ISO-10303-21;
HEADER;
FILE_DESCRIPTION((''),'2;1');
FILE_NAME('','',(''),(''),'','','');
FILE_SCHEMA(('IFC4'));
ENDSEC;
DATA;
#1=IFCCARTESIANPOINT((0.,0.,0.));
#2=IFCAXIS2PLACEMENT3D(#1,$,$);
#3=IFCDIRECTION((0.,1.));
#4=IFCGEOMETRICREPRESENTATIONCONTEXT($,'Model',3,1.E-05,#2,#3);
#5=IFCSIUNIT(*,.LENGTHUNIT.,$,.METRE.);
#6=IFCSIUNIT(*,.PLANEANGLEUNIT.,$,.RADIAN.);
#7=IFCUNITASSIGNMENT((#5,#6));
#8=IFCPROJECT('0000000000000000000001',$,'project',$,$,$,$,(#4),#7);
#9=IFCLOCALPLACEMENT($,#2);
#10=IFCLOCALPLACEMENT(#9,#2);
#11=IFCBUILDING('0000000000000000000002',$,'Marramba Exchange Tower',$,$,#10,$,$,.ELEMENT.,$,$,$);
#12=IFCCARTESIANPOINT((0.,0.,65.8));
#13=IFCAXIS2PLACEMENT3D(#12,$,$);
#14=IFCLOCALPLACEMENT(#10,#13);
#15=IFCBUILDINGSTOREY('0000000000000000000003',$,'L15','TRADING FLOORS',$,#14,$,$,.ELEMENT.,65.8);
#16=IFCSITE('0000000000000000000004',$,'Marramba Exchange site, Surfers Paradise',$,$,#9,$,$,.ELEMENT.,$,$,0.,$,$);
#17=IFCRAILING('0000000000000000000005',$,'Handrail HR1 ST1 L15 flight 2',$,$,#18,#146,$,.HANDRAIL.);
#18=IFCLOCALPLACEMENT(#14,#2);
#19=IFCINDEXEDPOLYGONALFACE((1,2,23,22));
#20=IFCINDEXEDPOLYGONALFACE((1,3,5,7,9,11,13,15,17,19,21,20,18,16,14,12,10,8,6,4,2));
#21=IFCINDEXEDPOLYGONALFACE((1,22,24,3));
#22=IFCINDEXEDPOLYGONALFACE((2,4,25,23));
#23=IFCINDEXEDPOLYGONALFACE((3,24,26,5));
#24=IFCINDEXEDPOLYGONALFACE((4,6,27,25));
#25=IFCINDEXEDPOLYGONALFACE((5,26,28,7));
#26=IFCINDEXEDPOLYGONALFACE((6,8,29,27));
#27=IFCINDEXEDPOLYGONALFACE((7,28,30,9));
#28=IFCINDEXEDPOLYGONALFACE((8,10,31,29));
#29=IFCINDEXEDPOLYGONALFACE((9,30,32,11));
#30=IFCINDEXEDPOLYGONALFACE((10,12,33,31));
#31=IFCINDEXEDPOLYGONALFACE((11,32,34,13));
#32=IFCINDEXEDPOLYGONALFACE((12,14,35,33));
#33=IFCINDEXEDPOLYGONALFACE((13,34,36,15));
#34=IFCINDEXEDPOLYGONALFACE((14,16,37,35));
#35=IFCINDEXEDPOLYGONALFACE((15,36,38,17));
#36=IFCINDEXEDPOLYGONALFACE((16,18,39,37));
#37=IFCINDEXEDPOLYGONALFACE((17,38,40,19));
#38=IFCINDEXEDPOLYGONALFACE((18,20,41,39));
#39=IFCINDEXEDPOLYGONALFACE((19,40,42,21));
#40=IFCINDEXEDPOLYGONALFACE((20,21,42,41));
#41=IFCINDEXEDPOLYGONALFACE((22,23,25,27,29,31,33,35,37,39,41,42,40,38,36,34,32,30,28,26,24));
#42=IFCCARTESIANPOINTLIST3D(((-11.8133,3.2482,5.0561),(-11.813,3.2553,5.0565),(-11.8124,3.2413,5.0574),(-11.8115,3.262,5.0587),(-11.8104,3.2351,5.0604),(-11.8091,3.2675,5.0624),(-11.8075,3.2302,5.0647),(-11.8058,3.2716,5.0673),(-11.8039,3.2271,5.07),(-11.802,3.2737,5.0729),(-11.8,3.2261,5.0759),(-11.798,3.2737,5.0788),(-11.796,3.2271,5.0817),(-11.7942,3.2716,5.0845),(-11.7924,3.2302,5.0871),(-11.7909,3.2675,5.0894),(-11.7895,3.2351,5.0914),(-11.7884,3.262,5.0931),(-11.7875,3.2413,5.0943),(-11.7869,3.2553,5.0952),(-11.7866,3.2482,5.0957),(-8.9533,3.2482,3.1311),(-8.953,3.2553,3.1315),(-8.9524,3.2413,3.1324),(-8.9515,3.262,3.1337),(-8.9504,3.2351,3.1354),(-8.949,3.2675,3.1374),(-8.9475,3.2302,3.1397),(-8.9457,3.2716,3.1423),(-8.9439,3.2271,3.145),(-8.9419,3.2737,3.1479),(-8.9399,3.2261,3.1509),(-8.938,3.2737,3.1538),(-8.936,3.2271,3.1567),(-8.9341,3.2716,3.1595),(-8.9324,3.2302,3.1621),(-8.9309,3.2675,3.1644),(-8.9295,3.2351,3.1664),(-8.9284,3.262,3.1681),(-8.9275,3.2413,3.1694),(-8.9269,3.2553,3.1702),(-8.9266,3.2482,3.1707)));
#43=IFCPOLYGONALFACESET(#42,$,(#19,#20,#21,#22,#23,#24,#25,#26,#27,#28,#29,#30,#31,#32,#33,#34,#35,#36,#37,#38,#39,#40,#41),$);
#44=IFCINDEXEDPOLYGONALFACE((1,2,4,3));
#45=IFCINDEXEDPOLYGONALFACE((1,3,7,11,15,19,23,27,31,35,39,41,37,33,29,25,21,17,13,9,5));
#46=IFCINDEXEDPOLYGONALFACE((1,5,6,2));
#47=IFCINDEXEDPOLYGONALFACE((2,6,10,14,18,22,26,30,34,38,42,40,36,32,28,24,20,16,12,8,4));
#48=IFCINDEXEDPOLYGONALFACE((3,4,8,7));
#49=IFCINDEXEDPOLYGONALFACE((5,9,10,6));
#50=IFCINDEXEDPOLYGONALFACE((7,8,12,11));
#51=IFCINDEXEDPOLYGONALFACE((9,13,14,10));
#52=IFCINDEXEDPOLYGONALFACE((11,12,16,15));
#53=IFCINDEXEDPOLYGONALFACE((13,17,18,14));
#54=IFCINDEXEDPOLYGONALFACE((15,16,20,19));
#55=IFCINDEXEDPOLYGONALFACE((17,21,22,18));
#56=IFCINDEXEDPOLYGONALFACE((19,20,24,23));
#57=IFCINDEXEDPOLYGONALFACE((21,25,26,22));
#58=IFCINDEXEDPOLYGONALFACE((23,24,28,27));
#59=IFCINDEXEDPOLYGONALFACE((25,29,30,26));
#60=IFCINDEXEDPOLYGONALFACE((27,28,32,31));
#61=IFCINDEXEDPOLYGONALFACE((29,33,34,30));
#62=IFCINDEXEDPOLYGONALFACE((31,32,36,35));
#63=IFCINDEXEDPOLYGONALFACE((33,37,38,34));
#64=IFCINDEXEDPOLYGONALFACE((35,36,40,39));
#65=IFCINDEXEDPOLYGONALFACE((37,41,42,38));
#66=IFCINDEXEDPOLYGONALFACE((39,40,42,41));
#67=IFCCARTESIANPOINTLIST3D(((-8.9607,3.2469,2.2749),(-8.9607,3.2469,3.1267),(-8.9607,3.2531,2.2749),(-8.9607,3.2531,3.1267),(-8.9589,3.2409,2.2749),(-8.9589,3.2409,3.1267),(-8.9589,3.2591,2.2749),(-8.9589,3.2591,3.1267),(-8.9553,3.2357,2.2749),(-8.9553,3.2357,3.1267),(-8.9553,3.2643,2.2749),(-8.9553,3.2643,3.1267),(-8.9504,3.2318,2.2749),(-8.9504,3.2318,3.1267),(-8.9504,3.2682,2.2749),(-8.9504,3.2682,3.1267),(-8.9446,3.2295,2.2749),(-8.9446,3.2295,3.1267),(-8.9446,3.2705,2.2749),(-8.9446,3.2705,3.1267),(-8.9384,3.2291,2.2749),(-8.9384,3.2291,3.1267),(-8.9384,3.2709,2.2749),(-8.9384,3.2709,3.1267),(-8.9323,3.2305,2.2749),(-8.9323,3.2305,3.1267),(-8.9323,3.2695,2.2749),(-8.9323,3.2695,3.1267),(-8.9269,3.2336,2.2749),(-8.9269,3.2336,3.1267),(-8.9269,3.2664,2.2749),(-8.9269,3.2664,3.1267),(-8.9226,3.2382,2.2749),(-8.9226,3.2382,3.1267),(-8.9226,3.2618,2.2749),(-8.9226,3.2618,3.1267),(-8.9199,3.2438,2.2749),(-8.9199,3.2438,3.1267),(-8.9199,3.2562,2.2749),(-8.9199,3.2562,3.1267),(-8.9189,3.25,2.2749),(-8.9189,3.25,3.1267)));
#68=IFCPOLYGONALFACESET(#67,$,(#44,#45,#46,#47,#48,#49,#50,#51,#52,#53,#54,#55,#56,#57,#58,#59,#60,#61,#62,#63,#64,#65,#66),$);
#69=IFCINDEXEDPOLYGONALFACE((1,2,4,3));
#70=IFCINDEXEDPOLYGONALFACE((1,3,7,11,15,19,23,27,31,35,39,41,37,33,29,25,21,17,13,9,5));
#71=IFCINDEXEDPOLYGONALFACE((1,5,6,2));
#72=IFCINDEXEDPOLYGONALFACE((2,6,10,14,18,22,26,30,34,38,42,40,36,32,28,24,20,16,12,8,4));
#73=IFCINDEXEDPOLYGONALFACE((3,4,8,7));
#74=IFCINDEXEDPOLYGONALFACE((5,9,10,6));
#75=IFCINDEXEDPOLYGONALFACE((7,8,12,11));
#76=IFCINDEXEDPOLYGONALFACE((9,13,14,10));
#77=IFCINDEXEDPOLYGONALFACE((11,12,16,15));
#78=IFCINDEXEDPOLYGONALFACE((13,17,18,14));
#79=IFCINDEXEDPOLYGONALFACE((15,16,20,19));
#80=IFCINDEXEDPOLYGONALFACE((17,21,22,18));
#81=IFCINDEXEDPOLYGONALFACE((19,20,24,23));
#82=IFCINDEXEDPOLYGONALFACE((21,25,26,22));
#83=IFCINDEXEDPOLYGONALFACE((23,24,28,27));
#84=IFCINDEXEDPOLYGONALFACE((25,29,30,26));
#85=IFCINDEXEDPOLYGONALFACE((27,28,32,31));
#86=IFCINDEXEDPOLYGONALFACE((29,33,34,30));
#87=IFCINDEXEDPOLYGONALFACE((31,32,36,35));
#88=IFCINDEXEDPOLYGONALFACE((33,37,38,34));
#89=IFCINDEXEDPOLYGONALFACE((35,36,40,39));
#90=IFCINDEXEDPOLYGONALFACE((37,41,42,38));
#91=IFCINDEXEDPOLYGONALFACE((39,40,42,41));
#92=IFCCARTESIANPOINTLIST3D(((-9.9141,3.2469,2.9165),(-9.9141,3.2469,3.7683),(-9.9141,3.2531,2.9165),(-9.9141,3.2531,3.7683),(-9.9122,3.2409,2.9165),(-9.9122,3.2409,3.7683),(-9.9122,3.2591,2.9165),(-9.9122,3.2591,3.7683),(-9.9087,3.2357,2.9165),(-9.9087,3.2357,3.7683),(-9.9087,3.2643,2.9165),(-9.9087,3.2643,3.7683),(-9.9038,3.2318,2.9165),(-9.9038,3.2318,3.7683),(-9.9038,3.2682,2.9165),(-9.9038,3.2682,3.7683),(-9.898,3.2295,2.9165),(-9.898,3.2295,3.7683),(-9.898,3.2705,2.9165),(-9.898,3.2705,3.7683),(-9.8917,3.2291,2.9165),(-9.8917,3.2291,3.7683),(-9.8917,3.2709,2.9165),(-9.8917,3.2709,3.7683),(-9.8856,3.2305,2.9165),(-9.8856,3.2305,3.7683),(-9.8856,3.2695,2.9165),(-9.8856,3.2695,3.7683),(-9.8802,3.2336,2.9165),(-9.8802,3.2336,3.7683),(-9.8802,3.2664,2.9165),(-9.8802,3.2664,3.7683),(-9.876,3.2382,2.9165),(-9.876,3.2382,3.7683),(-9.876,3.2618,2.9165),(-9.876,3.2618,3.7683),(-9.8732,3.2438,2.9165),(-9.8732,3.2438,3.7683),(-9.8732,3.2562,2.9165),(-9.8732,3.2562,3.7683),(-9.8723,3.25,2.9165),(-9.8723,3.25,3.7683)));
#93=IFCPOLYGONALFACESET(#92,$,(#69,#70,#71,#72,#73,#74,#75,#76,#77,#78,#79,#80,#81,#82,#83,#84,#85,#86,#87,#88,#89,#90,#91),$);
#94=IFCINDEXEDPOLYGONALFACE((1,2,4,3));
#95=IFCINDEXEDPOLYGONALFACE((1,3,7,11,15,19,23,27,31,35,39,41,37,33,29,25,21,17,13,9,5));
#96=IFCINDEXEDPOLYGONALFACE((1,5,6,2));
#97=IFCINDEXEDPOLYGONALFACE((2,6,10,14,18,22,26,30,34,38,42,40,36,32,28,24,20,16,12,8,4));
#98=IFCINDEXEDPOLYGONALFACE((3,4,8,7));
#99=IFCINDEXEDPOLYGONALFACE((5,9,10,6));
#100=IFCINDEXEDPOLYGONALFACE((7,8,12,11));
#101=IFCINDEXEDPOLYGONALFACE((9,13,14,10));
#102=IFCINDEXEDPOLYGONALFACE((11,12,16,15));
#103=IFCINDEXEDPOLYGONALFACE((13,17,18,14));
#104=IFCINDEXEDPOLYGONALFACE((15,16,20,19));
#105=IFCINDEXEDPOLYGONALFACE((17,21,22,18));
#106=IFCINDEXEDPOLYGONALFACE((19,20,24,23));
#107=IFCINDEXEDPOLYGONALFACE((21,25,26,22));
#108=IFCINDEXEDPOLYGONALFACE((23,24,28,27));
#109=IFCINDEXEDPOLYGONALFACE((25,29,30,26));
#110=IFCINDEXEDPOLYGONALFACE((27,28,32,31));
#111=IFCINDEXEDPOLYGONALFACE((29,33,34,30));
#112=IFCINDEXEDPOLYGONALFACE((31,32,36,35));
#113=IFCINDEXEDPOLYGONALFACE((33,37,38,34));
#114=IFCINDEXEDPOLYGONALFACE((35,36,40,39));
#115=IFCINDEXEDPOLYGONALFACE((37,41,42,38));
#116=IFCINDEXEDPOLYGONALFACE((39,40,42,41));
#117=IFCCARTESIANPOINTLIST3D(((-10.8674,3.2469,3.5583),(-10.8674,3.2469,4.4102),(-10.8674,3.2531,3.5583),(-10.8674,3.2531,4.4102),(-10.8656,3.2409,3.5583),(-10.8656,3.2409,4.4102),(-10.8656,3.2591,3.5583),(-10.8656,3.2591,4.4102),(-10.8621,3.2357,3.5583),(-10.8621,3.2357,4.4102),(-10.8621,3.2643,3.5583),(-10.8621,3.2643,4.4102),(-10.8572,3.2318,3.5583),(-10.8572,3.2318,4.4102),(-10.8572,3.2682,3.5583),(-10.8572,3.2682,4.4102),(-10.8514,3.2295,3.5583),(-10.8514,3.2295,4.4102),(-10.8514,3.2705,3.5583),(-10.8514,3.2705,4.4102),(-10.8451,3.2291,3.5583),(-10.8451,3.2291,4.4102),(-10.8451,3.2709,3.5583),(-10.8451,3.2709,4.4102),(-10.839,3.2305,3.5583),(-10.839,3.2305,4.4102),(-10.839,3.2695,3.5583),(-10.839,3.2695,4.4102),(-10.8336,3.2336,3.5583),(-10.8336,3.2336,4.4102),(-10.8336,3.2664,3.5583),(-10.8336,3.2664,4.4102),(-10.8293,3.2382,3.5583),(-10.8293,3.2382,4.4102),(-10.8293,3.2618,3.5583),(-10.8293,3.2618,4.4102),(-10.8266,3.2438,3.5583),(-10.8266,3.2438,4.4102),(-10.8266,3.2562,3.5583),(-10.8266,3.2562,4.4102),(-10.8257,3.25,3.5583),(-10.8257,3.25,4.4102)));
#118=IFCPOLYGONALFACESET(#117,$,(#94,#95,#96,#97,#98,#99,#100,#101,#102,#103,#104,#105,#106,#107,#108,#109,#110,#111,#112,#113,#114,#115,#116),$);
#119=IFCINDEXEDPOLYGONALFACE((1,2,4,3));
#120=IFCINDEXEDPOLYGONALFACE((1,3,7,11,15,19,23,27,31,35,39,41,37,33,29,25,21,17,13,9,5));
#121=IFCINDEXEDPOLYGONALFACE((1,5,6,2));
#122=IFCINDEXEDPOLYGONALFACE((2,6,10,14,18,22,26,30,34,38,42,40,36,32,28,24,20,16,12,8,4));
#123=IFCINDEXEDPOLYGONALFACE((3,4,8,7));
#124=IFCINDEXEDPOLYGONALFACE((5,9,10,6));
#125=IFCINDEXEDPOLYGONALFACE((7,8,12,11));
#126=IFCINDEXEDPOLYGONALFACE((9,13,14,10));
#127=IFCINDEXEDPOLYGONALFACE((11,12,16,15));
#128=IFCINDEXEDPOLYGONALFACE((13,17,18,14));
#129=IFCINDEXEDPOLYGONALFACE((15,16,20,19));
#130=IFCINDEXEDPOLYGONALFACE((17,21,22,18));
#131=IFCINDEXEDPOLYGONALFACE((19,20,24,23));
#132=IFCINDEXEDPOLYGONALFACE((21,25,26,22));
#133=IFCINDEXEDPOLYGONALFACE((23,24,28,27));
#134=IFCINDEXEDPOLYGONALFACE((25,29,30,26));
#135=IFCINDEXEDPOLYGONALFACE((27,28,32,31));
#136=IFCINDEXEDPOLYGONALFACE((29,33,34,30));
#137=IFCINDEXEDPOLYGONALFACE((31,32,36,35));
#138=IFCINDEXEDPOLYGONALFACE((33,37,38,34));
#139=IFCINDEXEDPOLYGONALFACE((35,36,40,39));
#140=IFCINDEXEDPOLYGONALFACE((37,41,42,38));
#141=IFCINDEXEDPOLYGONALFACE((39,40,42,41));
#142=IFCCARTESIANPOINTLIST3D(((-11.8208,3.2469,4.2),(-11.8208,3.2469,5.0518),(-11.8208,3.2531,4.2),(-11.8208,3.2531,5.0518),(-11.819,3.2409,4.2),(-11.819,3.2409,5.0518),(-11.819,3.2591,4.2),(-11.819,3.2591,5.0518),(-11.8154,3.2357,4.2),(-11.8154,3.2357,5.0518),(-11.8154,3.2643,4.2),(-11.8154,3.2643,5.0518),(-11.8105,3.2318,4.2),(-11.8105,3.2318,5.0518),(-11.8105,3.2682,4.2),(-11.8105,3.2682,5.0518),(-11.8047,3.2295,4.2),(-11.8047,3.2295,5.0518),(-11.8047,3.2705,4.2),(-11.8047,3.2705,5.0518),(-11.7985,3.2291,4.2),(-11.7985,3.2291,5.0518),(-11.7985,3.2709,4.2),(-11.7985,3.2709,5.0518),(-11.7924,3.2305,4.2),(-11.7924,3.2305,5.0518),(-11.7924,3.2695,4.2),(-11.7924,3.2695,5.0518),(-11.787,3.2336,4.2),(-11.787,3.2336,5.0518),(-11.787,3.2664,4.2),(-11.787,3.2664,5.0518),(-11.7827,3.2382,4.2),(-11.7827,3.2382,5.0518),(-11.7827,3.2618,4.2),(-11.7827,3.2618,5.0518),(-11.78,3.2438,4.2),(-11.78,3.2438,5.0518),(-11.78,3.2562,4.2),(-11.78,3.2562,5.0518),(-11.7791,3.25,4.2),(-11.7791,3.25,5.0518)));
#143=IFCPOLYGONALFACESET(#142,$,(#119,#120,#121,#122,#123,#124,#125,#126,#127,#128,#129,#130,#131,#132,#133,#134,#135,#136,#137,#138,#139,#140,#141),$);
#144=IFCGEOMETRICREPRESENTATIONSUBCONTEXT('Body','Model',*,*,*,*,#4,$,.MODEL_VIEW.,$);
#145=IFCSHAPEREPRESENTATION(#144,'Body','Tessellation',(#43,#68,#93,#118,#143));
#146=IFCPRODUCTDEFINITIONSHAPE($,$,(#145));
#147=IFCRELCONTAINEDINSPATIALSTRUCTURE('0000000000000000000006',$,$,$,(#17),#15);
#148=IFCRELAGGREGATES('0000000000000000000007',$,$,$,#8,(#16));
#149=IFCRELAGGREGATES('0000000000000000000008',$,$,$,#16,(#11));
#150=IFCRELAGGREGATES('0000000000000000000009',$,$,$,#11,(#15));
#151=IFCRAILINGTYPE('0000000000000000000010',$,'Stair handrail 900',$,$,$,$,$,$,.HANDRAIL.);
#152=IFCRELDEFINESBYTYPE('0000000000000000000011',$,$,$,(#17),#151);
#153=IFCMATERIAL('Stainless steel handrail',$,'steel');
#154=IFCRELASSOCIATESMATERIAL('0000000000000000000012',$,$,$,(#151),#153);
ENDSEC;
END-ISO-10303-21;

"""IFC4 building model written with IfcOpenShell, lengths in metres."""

from ifc_helpers import new_model, si_unit, direction, frame, origin, origin_2d, place, context, subcontext, project, spatial, circle, extrude, material, type_object, element, save


model = new_model("IFC4")

# Units and contexts
model_context = context("Model", 3, precision=1e-05, world=origin(), true_north=direction((0.0, 1.0)))
body_context = subcontext(model_context, "Body", "Model", "MODEL_VIEW")
ifc_project = project(units=[si_unit("LENGTHUNIT", "METRE"), si_unit("PLANEANGLEUNIT", "RADIAN")], contexts=[model_context])

# Site, building, storey
site_placement = place(None, origin())
site = spatial("IfcSite", under=ifc_project, at=site_placement, Name="Marramba Exchange site, Surfers Paradise", CompositionType="ELEMENT", RefElevation=0.0)
building_placement = place(site_placement, origin())
building = spatial("IfcBuilding", under=site, at=building_placement, Name="Marramba Exchange Tower", CompositionType="ELEMENT")
storey_placement = place(building_placement, frame((0.0, 0.0, 65.8)))
storey = spatial("IfcBuildingStorey", under=building, at=storey_placement, Name="L15", Description="TRADING FLOORS", CompositionType="ELEMENT", Elevation=65.8)

# Railing
ifc_material_1 = material(Name="Stainless steel handrail", Category="steel")
railing_type = type_object("IfcRailingType", Name="Stair handrail 900", PredefinedType="HANDRAIL", material=ifc_material_1)
railing_placement = place(storey_placement, frame((-8.9399, 3.25, 2.2749)))
element("IfcRailing", 1, at=railing_placement, inside=storey, type_object=railing_type, Name="Handrail HR1 ST1 L15 flight 2", PredefinedType="HANDRAIL", context=body_context, shape_type="SweptSolid", body=[
    extrude(circle(Radius=0.0239, at=origin_2d()), frame((0.0, 0.0, 0.876), z_axis=(-0.829591, 0.0, 0.558372), x_axis=(0.0, -1.0, 0.0)), (0.0, 0.0, 1.0), 3.4475),
    extrude(circle(Radius=0.021, at=origin_2d()), origin(), (0.0, 0.0, 1.0), 0.8518),
    extrude(circle(Radius=0.021, at=origin_2d()), frame((-0.9534, 0.0, 0.6416)), (0.0, 0.0, 1.0), 0.8518),
    extrude(circle(Radius=0.021, at=origin_2d()), frame((-1.9067, 0.0, 1.2834)), (0.0, 0.0, 1.0), 0.8518),
    extrude(circle(Radius=0.021, at=origin_2d()), frame((-2.8601, 0.0, 1.925)), (0.0, 0.0, 1.0), 0.8518),
])

save(model, "model.ifc")
